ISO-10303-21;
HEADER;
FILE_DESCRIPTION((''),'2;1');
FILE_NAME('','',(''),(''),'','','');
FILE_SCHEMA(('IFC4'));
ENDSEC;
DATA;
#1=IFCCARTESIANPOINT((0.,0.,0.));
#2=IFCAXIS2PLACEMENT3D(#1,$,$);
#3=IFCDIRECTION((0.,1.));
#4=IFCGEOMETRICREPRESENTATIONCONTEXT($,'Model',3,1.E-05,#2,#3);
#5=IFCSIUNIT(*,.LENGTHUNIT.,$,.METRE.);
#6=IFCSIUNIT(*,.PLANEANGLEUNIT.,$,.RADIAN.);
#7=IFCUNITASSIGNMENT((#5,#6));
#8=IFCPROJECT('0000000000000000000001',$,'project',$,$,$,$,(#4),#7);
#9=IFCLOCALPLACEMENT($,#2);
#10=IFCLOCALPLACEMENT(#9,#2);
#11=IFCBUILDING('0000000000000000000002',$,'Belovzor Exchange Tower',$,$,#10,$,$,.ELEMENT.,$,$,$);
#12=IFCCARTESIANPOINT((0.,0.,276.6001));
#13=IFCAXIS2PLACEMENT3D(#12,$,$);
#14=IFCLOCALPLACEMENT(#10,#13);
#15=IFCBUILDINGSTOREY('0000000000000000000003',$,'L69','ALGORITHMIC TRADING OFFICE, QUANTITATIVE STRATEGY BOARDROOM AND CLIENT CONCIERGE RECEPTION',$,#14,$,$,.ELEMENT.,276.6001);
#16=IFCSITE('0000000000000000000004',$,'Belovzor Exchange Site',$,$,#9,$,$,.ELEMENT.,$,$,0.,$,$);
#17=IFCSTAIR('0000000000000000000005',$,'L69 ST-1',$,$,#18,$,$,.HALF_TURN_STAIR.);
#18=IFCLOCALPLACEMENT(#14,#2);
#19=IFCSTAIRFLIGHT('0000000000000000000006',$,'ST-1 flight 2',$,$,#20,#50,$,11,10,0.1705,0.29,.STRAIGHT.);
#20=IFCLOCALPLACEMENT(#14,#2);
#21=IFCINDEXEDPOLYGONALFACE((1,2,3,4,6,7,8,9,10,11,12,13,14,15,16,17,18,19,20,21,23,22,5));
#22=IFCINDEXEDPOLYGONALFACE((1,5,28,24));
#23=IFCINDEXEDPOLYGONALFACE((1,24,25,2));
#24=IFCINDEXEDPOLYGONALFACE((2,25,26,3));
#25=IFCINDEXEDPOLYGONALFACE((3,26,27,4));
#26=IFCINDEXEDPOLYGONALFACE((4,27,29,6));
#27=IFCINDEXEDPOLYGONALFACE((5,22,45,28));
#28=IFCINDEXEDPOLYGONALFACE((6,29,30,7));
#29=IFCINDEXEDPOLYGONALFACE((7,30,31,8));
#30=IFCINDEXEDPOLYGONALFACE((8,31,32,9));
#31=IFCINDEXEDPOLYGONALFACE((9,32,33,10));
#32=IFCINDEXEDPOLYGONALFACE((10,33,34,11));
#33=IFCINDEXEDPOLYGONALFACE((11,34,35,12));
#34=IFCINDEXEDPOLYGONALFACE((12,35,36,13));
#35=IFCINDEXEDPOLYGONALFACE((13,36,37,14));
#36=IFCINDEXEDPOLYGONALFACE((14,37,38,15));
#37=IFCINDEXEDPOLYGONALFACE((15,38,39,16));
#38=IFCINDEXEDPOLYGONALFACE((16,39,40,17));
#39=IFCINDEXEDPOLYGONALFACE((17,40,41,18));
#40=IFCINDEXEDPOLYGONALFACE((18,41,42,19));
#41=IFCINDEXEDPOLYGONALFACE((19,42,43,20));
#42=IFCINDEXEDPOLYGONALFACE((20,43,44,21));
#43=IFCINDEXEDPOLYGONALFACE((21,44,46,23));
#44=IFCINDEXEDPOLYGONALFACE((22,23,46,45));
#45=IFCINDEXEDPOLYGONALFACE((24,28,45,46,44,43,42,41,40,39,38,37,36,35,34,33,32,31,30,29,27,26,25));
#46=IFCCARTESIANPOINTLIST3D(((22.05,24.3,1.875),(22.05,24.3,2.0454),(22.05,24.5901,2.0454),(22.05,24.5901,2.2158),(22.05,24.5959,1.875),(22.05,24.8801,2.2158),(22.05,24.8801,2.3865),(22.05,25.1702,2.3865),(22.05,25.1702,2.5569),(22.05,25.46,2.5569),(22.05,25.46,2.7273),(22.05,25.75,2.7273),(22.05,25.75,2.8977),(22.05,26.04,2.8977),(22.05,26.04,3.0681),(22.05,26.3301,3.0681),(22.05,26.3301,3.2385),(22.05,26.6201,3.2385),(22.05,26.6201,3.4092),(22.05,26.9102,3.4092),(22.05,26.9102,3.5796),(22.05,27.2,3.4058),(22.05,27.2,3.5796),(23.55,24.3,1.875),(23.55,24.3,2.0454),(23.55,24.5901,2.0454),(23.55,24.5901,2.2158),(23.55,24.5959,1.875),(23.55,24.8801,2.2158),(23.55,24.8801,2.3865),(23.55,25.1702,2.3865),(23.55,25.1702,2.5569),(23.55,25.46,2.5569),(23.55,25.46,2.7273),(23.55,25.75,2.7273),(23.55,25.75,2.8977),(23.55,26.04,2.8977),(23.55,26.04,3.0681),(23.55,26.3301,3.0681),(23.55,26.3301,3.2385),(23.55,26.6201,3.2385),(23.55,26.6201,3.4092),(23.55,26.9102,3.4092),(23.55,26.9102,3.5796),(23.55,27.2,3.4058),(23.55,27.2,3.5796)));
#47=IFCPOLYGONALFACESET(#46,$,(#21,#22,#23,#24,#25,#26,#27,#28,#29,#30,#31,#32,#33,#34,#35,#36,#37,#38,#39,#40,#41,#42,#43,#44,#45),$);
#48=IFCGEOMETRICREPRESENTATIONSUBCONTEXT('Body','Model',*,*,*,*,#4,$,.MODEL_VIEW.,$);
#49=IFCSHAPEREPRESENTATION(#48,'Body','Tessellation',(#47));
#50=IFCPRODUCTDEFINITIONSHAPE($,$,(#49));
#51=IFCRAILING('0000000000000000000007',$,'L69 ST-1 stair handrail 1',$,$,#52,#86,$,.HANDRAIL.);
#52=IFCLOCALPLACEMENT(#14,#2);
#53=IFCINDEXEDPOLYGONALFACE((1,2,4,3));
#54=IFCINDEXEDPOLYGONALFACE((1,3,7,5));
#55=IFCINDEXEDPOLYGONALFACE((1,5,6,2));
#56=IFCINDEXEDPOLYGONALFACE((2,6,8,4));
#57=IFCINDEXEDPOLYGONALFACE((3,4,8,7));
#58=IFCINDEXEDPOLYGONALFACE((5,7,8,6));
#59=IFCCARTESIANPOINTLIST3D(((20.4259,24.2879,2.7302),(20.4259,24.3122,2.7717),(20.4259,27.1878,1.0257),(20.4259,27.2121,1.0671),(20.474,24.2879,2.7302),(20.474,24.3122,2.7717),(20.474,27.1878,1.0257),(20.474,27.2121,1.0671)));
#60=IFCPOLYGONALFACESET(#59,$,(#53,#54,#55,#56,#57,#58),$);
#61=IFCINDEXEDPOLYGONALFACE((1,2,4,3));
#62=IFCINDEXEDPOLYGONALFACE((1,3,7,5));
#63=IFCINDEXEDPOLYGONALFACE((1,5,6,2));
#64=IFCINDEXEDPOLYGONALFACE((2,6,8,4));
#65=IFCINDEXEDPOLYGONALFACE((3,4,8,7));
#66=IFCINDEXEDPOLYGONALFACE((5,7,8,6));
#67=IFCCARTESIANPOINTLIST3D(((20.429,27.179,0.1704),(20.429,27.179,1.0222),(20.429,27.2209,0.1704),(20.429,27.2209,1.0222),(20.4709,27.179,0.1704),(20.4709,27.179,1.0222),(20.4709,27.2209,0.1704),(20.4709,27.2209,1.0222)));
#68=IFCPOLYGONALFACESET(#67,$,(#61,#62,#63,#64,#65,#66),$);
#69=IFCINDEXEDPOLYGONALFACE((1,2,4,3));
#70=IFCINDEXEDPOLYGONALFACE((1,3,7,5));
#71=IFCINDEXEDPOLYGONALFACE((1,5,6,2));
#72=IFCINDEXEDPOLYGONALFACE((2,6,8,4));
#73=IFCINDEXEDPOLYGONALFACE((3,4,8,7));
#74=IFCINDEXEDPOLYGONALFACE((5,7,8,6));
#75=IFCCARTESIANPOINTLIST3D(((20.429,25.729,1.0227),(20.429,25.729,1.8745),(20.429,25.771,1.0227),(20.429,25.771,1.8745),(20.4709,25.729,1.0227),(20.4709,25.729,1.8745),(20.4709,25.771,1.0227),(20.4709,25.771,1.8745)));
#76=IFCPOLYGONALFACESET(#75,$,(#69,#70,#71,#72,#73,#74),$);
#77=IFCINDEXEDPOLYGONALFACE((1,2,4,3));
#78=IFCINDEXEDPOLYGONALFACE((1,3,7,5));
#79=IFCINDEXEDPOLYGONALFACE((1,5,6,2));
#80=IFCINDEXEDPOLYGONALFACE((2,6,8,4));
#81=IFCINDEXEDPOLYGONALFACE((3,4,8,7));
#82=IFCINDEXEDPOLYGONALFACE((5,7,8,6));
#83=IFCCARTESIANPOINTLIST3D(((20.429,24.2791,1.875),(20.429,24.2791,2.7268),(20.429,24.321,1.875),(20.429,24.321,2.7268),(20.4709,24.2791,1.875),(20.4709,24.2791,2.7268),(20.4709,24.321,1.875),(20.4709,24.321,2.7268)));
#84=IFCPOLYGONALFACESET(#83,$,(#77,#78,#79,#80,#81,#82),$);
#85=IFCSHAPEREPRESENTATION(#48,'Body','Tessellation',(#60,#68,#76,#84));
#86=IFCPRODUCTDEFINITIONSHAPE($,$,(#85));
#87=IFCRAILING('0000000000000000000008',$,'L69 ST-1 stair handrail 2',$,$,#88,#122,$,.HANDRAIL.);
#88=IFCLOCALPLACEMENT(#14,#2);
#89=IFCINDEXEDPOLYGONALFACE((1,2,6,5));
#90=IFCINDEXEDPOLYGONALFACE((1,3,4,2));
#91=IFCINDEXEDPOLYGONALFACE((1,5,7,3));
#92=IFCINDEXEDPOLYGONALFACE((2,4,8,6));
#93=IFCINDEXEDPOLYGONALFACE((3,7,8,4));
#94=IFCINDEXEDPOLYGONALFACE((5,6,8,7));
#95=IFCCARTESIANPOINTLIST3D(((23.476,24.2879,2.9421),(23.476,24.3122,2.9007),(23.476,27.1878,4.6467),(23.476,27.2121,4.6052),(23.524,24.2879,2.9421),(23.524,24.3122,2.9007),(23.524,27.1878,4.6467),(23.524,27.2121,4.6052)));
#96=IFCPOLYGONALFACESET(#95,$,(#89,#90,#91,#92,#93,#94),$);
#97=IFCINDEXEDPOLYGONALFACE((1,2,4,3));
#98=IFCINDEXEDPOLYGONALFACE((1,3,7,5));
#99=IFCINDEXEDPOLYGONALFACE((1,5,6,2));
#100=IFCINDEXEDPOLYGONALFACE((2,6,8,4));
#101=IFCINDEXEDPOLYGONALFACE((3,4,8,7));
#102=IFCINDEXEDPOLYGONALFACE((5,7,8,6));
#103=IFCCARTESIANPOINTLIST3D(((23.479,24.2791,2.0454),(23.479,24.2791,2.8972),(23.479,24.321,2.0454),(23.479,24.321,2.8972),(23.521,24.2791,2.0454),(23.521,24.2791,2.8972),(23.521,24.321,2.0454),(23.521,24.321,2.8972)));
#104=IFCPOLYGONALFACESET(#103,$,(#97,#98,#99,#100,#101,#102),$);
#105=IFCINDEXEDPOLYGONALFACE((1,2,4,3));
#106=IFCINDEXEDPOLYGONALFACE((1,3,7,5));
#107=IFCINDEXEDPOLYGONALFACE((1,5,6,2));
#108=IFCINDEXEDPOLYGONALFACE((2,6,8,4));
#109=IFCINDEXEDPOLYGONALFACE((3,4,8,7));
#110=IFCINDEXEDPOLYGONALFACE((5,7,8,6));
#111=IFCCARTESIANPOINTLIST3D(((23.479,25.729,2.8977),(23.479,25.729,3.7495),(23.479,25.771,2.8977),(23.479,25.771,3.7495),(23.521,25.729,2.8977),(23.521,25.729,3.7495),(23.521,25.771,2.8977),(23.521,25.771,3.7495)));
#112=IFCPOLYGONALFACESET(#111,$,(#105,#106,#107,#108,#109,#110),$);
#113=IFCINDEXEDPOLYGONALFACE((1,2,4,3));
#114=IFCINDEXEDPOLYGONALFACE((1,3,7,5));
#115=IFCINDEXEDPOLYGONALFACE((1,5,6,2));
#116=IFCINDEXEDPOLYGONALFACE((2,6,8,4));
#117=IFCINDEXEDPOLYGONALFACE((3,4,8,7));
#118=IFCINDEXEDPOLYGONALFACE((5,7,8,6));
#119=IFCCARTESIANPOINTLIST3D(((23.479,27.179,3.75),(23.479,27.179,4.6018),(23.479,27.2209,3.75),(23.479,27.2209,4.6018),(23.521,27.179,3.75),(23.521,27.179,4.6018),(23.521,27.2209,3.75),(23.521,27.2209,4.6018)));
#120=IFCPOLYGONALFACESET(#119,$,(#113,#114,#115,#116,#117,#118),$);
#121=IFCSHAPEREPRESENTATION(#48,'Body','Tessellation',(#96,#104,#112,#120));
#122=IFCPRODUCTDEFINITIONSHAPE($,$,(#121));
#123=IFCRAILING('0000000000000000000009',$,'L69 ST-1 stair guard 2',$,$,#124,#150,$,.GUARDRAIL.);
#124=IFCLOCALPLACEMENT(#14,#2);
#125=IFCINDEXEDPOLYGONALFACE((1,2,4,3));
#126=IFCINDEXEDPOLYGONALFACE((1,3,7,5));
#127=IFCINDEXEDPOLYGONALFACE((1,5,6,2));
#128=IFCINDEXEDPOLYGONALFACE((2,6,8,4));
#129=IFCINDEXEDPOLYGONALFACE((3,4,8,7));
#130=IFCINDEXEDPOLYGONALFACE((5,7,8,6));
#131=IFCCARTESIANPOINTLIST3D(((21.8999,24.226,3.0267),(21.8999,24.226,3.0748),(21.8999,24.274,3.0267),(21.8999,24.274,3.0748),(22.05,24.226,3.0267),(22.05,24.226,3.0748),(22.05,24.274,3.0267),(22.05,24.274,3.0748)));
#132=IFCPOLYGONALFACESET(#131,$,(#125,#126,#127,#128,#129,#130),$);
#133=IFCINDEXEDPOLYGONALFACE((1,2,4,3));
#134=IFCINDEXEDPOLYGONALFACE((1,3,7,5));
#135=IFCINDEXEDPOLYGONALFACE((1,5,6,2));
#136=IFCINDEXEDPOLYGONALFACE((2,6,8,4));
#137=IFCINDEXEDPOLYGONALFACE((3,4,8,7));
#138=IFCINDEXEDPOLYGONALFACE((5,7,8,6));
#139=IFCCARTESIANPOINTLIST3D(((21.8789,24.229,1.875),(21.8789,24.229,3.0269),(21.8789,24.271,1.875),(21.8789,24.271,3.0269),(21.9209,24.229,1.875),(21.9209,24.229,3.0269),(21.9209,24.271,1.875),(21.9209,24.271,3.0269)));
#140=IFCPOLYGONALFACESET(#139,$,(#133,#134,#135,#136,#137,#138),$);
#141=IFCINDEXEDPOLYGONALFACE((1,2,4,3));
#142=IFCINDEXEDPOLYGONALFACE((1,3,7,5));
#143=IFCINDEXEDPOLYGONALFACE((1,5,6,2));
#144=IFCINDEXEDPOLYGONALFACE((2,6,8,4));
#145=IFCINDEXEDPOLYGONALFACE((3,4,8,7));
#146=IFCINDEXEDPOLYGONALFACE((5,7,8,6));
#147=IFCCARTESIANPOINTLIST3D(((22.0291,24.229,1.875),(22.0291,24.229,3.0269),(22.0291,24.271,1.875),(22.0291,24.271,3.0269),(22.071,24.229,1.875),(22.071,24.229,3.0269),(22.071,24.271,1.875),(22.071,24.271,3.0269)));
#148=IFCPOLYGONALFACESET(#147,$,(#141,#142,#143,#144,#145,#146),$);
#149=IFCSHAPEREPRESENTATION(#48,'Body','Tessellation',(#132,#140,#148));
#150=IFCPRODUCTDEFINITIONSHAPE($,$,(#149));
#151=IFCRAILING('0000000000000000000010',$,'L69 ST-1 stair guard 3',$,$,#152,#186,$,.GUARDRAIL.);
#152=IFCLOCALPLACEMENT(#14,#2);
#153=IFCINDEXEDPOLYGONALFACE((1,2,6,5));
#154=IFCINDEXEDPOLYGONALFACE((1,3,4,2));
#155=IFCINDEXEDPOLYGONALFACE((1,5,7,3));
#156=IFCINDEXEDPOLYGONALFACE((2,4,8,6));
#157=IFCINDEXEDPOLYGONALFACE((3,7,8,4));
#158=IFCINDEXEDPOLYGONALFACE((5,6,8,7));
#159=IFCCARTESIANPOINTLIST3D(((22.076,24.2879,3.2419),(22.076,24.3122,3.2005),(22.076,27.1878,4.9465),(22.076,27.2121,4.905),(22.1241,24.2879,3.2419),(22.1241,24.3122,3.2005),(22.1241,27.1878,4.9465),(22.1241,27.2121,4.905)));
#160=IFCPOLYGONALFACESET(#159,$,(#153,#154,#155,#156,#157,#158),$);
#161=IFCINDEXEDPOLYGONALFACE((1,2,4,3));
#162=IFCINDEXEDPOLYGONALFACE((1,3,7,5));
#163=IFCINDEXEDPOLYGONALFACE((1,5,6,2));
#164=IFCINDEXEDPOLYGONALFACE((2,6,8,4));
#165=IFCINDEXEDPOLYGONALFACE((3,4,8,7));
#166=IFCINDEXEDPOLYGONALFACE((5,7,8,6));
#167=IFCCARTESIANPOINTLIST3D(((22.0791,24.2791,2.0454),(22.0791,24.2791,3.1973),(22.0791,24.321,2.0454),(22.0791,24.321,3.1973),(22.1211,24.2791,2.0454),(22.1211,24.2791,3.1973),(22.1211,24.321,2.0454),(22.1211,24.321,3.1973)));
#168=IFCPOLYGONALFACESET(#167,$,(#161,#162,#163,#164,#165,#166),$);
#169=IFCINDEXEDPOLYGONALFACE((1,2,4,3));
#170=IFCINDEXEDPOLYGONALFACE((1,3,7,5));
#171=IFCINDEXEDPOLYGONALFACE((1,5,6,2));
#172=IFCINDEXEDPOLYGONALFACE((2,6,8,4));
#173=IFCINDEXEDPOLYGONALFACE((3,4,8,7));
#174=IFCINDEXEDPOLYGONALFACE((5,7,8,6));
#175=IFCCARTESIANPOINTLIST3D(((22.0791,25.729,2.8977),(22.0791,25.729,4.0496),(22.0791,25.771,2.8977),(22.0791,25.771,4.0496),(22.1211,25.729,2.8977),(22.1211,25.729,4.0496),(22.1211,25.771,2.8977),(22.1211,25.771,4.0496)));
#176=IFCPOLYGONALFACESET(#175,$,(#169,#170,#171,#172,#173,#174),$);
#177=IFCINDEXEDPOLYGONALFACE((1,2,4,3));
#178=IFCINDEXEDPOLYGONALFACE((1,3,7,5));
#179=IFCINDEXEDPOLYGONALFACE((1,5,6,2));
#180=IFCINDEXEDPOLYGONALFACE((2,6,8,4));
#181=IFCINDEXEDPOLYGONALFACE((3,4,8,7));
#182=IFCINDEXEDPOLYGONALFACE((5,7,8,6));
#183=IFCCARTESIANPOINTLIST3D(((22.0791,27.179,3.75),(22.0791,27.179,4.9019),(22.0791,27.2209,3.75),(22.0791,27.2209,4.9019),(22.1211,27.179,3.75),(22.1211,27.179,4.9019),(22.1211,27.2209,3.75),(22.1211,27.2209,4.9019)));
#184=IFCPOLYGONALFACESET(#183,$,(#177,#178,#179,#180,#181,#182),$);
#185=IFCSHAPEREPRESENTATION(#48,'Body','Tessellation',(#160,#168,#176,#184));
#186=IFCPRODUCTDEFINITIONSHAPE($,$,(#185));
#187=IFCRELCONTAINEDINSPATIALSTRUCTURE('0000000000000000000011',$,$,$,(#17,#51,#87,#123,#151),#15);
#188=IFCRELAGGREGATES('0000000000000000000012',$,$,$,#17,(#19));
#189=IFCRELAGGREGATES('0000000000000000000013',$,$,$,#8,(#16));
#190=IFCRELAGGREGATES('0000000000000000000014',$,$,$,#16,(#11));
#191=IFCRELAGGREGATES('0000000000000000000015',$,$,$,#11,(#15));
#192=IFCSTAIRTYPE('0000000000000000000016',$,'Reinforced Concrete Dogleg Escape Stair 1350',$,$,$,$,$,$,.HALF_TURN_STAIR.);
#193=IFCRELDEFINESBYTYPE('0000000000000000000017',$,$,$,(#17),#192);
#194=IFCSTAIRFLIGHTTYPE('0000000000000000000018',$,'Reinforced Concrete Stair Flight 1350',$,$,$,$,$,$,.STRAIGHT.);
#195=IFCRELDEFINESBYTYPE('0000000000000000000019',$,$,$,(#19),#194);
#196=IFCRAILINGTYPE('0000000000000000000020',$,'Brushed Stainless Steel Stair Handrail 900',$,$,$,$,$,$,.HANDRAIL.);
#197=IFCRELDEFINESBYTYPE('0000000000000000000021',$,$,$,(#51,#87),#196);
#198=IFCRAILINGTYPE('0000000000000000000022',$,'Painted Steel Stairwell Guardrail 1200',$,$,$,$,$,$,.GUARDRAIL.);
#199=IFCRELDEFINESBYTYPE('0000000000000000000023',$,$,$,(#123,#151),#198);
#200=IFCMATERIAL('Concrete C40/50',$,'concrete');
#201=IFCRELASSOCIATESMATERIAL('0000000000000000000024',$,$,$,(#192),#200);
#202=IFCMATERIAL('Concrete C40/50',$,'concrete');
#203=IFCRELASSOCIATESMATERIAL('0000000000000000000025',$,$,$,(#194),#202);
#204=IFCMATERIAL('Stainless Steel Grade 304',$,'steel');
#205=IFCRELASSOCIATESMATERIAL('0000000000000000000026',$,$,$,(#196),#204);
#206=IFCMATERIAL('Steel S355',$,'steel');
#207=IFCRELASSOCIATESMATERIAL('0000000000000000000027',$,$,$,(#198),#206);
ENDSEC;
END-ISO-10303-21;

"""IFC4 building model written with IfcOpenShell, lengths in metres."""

from ifc_helpers import new_model, si_unit, direction, frame, origin, origin_2d, place, context, subcontext, project, spatial, polyline, rectangle, outline, extrude, material, type_object, element, aggregate, save


model = new_model("IFC4")

# Units and contexts
model_context = context("Model", 3, precision=1e-05, world=origin(), true_north=direction((0.0, 1.0)))
body_context = subcontext(model_context, "Body", "Model", "MODEL_VIEW")
ifc_project = project(units=[si_unit("LENGTHUNIT", "METRE"), si_unit("PLANEANGLEUNIT", "RADIAN")], contexts=[model_context])

# Site, building, storey
site_placement = place(None, origin())
site = spatial("IfcSite", under=ifc_project, at=site_placement, Name="Belovzor Exchange Site", CompositionType="ELEMENT", RefElevation=0.0)
building_placement = place(site_placement, origin())
building = spatial("IfcBuilding", under=site, at=building_placement, Name="Belovzor Exchange Tower", CompositionType="ELEMENT")
storey_placement = place(building_placement, frame((0.0, 0.0, 276.6001)))
storey = spatial("IfcBuildingStorey", under=building, at=storey_placement, Name="L69", Description="ALGORITHMIC TRADING OFFICE, QUANTITATIVE STRATEGY BOARDROOM AND CLIENT CONCIERGE RECEPTION", CompositionType="ELEMENT", Elevation=276.6001)

# Stair, stair flight
ifc_material_1 = material(Name="Concrete C40/50", Category="concrete")
stair_type = type_object("IfcStairType", Name="Reinforced Concrete Dogleg Escape Stair 1350", PredefinedType="HALF_TURN_STAIR", material=ifc_material_1)
stair_placement = place(storey_placement, origin())
stair = element("IfcStair", 1, at=stair_placement, inside=storey, type_object=stair_type, Name="L69 ST-1", PredefinedType="HALF_TURN_STAIR")
ifc_material_2 = material(Name="Concrete C40/50", Category="concrete")
stair_flight_type = type_object("IfcStairFlightType", Name="Reinforced Concrete Stair Flight 1350", PredefinedType="STRAIGHT", material=ifc_material_2)
stair_flight_placement = place(storey_placement, frame((22.8, 24.3, 1.875), z_axis=(0.0, 0.0, 1.0), x_axis=(0.0, 1.0, 0.0)))
stair_flight = element("IfcStairFlight", 2, at=stair_flight_placement, type_object=stair_flight_type, Name="ST-1 flight 2", NumberOfRisers=11, NumberOfTreads=10, PredefinedType="STRAIGHT", RiserHeight=0.1705, TreadLength=0.29, context=body_context, shape_type="SweptSolid", body=[
    extrude(outline(polyline([(0.0, 0.0), (0.0, 0.1704), (0.29, 0.1704), (0.29, 0.3408), (0.5801, 0.3408), (0.5801, 0.5115), (0.8701, 0.5115), (0.8701, 0.6819), (1.1599, 0.6819), (1.1599, 0.8523), (1.45, 0.8523), (1.45, 1.0227), (1.74, 1.0227), (1.74, 1.1931), (2.03, 1.1931), (2.03, 1.3635), (2.3201, 1.3635), (2.3201, 1.5342), (2.6101, 1.5342), (2.6101, 1.7046), (2.8999, 1.7046), (2.8999, 1.875), (2.8999, 1.5308), (0.2959, 0.0), (0.0, 0.0)])), frame((0.0, 0.75, 0.0), z_axis=(0.0, -1.0, 0.0), x_axis=(1.0, 0.0, 0.0)), (0.0, 0.0, 1.0), 1.5),
])
aggregate(stair, [stair_flight])

# Railings
ifc_material_3 = material(Name="Stainless Steel Grade 304", Category="steel")
railing_type_1 = type_object("IfcRailingType", Name="Brushed Stainless Steel Stair Handrail 900", PredefinedType="HANDRAIL", material=ifc_material_3)
railing_1_placement = place(storey_placement, frame((20.45, 27.2, 0.1704)))
element("IfcRailing", 3, at=railing_1_placement, inside=storey, type_object=railing_type_1, Name="L69 ST-1 stair handrail 1", PredefinedType="HANDRAIL", context=body_context, shape_type="SweptSolid", body=[
    extrude(rectangle(XDim=0.0481, YDim=0.0481, at=origin_2d()), frame((0.0, 0.0, 0.876), z_axis=(0.0, -0.862095, 0.506747), x_axis=(1.0, 0.0, 0.0)), (0.0, 0.0, 1.0), 3.3638),
    extrude(rectangle(XDim=0.042, YDim=0.042, at=origin_2d()), origin(), (0.0, 0.0, 1.0), 0.8518),
    extrude(rectangle(XDim=0.042, YDim=0.042, at=origin_2d()), frame((0.0, -1.45, 0.8523)), (0.0, 0.0, 1.0), 0.8518),
    extrude(rectangle(XDim=0.042, YDim=0.042, at=origin_2d()), frame((0.0, -2.8999, 1.7046)), (0.0, 0.0, 1.0), 0.8518),
])
railing_2_placement = place(storey_placement, frame((23.5, 24.3, 2.0454)))
element("IfcRailing", 4, at=railing_2_placement, inside=storey, type_object=railing_type_1, Name="L69 ST-1 stair handrail 2", PredefinedType="HANDRAIL", context=body_context, shape_type="SweptSolid", body=[
    extrude(rectangle(XDim=0.0481, YDim=0.0481, at=origin_2d()), frame((0.0, 0.0, 0.876), z_axis=(0.0, 0.862095, 0.506747), x_axis=(-1.0, 0.0, 0.0)), (0.0, 0.0, 1.0), 3.3638),
    extrude(rectangle(XDim=0.042, YDim=0.042, at=origin_2d()), origin(), (0.0, 0.0, 1.0), 0.8518),
    extrude(rectangle(XDim=0.042, YDim=0.042, at=origin_2d()), frame((0.0, 1.45, 0.8523)), (0.0, 0.0, 1.0), 0.8518),
    extrude(rectangle(XDim=0.042, YDim=0.042, at=origin_2d()), frame((0.0, 2.8999, 1.7046)), (0.0, 0.0, 1.0), 0.8518),
])
ifc_material_4 = material(Name="Steel S355", Category="steel")
railing_type_2 = type_object("IfcRailingType", Name="Painted Steel Stairwell Guardrail 1200", PredefinedType="GUARDRAIL", material=ifc_material_4)
railing_3_placement = place(storey_placement, frame((21.8999, 24.25, 1.875)))
element("IfcRailing", 5, at=railing_3_placement, inside=storey, type_object=railing_type_2, Name="L69 ST-1 stair guard 2", PredefinedType="GUARDRAIL", context=body_context, shape_type="SweptSolid", body=[
    extrude(rectangle(XDim=0.0481, YDim=0.0481, at=origin_2d()), frame((0.0, 0.0, 1.1758), z_axis=(1.0, 0.0, 0.0), x_axis=(0.0, 1.0, 0.0)), (0.0, 0.0, 1.0), 0.1501),
    extrude(rectangle(XDim=0.042, YDim=0.042, at=origin_2d()), origin(), (0.0, 0.0, 1.0), 1.1519),
    extrude(rectangle(XDim=0.042, YDim=0.042, at=origin_2d()), frame((0.1501, 0.0, 0.0)), (0.0, 0.0, 1.0), 1.1519),
])
railing_4_placement = place(storey_placement, frame((22.1001, 24.3, 2.0454)))
element("IfcRailing", 6, at=railing_4_placement, inside=storey, type_object=railing_type_2, Name="L69 ST-1 stair guard 3", PredefinedType="GUARDRAIL", context=body_context, shape_type="SweptSolid", body=[
    extrude(rectangle(XDim=0.0481, YDim=0.0481, at=origin_2d()), frame((0.0, 0.0, 1.1758), z_axis=(0.0, 0.862095, 0.506747), x_axis=(-1.0, 0.0, 0.0)), (0.0, 0.0, 1.0), 3.3638),
    extrude(rectangle(XDim=0.042, YDim=0.042, at=origin_2d()), origin(), (0.0, 0.0, 1.0), 1.1519),
    extrude(rectangle(XDim=0.042, YDim=0.042, at=origin_2d()), frame((0.0, 1.45, 0.8523)), (0.0, 0.0, 1.0), 1.1519),
    extrude(rectangle(XDim=0.042, YDim=0.042, at=origin_2d()), frame((0.0, 2.8999, 1.7046)), (0.0, 0.0, 1.0), 1.1519),
])

save(model, "model.ifc")
